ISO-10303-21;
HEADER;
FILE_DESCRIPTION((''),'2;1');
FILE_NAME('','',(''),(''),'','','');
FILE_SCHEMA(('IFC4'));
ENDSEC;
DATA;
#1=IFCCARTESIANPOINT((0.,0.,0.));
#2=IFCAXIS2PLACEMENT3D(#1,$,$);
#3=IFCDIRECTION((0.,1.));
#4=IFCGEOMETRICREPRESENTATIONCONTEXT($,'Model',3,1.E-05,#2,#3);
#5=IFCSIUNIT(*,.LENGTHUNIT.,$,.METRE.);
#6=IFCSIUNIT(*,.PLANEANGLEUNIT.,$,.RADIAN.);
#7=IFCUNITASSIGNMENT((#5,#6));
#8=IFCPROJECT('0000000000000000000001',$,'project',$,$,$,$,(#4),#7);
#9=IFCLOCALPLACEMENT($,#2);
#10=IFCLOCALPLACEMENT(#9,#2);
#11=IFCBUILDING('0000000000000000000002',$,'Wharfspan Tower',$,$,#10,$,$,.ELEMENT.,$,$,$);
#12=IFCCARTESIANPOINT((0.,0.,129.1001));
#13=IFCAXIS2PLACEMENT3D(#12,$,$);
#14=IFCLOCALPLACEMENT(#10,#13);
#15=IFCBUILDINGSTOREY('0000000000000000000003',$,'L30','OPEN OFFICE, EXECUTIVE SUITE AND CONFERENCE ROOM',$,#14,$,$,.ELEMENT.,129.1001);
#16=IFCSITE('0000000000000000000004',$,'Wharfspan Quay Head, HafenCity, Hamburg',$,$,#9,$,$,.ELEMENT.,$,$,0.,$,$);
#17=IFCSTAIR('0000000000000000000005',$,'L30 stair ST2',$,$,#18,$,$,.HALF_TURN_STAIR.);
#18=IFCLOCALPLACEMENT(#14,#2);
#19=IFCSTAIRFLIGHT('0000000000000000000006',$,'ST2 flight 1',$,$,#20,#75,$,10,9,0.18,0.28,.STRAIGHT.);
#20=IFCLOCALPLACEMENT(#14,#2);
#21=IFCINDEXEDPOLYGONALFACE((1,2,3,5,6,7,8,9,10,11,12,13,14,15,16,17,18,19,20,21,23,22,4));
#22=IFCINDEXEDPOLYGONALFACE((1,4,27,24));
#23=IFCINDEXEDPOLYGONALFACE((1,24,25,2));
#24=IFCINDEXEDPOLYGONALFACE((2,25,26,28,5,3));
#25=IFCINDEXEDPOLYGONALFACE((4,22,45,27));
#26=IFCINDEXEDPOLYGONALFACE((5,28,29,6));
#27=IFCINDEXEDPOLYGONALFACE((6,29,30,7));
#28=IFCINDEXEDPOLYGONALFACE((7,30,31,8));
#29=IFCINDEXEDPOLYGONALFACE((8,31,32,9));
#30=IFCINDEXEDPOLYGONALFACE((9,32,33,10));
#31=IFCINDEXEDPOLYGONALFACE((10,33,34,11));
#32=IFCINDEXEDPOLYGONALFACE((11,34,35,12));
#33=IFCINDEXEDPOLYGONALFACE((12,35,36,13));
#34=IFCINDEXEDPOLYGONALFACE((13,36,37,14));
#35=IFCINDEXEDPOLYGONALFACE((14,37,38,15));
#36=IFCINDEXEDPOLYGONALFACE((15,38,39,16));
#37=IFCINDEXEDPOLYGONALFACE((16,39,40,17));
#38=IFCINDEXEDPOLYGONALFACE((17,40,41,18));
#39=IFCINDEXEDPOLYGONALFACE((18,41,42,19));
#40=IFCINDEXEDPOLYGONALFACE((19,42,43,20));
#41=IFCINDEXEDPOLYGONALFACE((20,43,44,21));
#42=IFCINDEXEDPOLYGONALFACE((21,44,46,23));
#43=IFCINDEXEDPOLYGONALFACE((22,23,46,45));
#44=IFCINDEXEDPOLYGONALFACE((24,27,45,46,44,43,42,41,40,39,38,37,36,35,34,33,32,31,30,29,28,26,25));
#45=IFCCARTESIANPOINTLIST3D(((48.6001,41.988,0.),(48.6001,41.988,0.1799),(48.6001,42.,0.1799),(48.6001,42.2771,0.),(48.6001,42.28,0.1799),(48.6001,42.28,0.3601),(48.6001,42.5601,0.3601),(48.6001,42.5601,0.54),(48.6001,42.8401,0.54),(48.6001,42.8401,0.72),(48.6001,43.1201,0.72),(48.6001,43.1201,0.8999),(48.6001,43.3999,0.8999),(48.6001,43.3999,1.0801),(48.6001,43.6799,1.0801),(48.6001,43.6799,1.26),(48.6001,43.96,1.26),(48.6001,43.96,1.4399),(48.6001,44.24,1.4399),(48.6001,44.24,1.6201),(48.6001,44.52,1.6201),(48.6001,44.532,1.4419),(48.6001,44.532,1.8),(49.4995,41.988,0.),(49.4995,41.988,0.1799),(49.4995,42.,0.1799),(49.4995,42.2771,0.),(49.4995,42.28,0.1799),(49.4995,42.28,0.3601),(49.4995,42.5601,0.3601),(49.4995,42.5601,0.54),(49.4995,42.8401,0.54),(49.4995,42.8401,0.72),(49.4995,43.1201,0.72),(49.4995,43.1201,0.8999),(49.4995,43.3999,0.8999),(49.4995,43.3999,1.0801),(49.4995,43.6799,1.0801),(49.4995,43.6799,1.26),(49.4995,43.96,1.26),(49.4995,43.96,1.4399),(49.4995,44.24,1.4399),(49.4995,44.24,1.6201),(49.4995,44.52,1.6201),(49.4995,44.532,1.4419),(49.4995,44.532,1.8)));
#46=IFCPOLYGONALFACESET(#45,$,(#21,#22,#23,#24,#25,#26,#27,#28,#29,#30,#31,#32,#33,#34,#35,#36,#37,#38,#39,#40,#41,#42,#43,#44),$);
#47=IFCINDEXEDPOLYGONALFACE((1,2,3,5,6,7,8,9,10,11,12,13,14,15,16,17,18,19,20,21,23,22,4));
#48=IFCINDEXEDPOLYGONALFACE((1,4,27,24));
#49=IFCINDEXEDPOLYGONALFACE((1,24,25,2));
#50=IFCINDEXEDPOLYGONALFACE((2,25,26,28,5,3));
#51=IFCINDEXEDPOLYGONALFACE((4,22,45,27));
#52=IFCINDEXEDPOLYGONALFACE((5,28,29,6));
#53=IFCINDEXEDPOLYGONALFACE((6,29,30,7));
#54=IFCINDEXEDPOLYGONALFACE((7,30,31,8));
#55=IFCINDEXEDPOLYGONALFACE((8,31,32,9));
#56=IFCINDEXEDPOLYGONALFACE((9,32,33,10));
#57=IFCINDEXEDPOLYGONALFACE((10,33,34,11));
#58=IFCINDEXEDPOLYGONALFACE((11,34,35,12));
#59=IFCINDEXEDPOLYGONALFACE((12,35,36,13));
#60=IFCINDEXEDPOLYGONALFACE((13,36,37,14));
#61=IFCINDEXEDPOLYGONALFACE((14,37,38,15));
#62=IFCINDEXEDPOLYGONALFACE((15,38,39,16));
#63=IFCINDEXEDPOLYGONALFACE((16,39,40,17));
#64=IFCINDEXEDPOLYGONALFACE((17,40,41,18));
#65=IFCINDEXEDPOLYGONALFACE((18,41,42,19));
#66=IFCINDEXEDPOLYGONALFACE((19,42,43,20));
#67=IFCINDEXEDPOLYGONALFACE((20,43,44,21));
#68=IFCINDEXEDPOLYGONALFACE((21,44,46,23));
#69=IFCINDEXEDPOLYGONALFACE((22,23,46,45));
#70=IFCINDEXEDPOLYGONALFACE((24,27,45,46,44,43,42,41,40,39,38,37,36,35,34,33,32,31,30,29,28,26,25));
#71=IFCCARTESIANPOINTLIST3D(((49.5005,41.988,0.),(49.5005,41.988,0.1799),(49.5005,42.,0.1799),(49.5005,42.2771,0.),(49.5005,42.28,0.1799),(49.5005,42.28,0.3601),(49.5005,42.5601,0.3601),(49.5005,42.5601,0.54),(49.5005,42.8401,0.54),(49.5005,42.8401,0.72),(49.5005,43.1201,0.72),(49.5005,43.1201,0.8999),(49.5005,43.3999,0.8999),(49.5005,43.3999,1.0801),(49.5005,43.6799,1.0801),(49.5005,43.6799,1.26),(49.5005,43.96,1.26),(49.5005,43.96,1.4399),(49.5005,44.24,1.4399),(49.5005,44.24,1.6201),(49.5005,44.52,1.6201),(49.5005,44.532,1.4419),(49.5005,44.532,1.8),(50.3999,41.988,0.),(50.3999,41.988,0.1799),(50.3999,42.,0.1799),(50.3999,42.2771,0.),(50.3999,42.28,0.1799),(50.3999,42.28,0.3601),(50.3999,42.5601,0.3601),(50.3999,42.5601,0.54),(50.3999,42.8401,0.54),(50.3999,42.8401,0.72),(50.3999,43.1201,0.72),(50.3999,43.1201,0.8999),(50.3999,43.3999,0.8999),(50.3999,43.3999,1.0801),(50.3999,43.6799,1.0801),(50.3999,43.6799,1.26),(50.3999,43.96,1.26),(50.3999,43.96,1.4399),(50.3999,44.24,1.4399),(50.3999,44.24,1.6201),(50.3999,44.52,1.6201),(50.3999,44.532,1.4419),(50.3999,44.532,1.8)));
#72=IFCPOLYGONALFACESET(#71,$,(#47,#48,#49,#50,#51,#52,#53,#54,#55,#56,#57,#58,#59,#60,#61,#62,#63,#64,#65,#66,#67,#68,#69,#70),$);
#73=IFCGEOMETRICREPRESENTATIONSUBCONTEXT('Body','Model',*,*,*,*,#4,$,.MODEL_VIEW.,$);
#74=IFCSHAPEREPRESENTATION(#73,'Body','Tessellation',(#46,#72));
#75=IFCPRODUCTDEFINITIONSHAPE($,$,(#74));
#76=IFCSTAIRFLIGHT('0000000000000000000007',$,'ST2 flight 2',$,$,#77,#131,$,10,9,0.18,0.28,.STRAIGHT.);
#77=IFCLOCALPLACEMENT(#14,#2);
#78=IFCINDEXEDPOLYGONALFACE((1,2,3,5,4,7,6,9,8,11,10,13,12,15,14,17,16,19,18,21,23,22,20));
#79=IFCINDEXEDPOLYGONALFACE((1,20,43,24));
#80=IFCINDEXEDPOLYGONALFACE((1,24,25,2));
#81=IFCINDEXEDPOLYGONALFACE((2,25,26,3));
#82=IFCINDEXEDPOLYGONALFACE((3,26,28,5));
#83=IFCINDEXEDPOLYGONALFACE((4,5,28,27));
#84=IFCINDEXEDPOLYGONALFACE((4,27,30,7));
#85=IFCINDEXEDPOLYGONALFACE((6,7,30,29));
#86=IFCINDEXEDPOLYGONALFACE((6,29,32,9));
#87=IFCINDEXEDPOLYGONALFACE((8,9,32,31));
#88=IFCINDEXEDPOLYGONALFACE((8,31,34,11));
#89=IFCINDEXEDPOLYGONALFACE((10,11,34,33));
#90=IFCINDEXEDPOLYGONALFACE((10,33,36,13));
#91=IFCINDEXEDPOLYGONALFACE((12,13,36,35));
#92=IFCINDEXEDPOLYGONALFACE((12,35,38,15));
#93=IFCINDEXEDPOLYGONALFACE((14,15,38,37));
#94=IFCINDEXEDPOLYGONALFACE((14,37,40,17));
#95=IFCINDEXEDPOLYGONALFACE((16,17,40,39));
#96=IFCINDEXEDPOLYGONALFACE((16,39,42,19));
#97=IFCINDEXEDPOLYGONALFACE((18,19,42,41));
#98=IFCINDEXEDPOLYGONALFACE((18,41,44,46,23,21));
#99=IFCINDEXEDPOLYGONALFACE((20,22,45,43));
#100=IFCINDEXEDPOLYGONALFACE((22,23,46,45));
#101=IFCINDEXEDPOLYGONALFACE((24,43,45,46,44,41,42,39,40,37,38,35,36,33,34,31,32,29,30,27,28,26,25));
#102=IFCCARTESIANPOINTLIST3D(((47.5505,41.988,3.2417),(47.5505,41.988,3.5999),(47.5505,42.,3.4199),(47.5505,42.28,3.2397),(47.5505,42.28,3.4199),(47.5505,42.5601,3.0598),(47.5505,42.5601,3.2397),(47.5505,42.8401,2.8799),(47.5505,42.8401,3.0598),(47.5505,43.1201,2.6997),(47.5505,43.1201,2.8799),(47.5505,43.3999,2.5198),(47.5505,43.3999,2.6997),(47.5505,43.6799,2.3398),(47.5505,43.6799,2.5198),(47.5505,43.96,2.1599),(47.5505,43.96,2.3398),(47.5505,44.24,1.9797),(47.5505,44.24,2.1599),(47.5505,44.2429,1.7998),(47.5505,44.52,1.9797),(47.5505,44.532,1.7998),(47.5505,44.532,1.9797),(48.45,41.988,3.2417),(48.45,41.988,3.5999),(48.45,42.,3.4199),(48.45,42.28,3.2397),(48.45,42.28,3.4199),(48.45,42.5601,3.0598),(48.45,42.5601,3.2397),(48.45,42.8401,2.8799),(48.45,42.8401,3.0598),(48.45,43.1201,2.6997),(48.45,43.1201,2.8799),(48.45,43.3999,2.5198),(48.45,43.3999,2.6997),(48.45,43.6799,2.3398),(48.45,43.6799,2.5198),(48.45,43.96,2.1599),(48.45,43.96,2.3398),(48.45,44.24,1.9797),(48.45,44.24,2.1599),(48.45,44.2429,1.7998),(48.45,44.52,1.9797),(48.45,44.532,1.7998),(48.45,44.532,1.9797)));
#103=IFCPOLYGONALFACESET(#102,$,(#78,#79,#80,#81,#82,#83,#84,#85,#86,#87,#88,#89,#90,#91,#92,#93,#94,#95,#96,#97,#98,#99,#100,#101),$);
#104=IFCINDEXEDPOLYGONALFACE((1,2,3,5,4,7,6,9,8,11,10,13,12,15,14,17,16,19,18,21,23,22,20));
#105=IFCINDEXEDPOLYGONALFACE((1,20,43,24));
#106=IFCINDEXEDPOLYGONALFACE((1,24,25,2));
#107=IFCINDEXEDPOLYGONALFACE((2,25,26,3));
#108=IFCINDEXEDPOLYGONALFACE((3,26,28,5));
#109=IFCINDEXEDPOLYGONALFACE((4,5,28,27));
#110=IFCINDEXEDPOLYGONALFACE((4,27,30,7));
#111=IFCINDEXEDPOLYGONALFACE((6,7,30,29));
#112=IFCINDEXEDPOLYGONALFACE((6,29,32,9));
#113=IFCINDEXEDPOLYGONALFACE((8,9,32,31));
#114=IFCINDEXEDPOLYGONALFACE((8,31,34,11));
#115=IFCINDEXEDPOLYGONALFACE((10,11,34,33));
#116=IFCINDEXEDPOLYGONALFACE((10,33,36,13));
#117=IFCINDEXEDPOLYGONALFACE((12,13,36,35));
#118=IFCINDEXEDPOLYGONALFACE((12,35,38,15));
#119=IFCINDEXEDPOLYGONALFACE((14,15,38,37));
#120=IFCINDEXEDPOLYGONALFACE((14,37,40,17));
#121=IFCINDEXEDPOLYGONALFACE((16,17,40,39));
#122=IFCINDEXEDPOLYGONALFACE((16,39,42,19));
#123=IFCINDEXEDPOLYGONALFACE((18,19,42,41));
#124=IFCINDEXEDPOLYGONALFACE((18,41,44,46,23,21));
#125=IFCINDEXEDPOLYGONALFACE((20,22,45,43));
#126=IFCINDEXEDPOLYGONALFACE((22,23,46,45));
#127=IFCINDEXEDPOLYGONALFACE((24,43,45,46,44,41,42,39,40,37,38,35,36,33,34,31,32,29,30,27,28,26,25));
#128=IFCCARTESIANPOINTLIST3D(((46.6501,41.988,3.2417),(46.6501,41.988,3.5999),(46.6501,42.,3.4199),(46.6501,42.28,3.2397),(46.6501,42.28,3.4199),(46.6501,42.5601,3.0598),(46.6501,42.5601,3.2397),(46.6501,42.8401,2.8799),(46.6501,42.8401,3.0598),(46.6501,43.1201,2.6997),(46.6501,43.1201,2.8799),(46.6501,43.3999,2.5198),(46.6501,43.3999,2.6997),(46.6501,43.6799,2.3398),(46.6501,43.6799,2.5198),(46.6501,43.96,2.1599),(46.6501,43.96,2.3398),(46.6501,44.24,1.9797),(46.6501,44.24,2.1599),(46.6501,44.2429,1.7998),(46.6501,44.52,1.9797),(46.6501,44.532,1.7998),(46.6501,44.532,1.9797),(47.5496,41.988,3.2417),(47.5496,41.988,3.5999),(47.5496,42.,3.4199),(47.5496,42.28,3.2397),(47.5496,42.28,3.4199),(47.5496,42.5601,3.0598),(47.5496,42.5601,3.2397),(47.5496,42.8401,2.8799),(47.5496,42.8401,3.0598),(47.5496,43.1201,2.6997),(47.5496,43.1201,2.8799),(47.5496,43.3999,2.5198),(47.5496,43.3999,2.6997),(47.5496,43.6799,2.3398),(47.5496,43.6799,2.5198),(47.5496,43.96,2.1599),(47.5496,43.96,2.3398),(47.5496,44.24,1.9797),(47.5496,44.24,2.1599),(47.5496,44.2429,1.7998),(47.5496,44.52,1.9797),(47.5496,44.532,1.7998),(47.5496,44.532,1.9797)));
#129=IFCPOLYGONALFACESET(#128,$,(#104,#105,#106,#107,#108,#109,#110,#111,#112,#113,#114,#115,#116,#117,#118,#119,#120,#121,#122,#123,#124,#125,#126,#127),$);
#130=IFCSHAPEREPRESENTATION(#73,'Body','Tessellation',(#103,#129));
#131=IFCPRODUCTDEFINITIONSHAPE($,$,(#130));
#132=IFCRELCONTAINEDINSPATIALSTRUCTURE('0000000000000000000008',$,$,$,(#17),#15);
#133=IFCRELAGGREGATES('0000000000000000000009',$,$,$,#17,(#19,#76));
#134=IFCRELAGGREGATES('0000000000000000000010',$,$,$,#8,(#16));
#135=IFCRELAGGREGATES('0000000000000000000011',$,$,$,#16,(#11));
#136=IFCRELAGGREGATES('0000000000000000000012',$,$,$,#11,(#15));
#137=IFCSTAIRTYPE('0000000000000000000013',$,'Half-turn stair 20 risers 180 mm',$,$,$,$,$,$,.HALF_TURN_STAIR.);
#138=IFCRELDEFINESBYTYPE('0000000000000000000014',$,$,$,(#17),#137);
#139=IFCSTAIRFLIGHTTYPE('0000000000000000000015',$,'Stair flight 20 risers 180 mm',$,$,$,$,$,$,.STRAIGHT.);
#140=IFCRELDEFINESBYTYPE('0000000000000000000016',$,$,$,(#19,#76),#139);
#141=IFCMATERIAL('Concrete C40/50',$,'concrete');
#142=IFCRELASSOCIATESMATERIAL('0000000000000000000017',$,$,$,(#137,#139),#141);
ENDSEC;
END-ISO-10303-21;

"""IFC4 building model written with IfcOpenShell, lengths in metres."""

from ifc_helpers import new_model, si_unit, direction, frame, origin, place, context, subcontext, project, spatial, polyline, outline, extrude, material, type_object, element, aggregate, save


model = new_model("IFC4")

# Units and contexts
model_context = context("Model", 3, precision=1e-05, world=origin(), true_north=direction((0.0, 1.0)))
body_context = subcontext(model_context, "Body", "Model", "MODEL_VIEW")
ifc_project = project(units=[si_unit("LENGTHUNIT", "METRE"), si_unit("PLANEANGLEUNIT", "RADIAN")], contexts=[model_context])

# Site, building, storey
site_placement = place(None, origin())
site = spatial("IfcSite", under=ifc_project, at=site_placement, Name="Wharfspan Quay Head, HafenCity, Hamburg", CompositionType="ELEMENT", RefElevation=0.0)
building_placement = place(site_placement, origin())
building = spatial("IfcBuilding", under=site, at=building_placement, Name="Wharfspan Tower", CompositionType="ELEMENT")
storey_placement = place(building_placement, frame((0.0, 0.0, 129.1001)))
storey = spatial("IfcBuildingStorey", under=building, at=storey_placement, Name="L30", Description="OPEN OFFICE, EXECUTIVE SUITE AND CONFERENCE ROOM", CompositionType="ELEMENT", Elevation=129.1001)

# Shared definitions
ifc_material_1 = material(Name="Concrete C40/50", Category="concrete")

# Stair, stair flights
stair_type = type_object("IfcStairType", Name="Half-turn stair 20 risers 180 mm", PredefinedType="HALF_TURN_STAIR", material=ifc_material_1)
stair_placement = place(storey_placement, origin())
stair = element("IfcStair", 1, at=stair_placement, inside=storey, type_object=stair_type, Name="L30 stair ST2", PredefinedType="HALF_TURN_STAIR")
stair_flight_type = type_object("IfcStairFlightType", Name="Stair flight 20 risers 180 mm", PredefinedType="STRAIGHT", material=ifc_material_1)
stair_flight_1_placement = place(storey_placement, frame((49.5, 42.0, 0.0), z_axis=(0.0, 0.0, 1.0), x_axis=(0.0, 1.0, 0.0)))
stair_flight_1 = element("IfcStairFlight", 2, at=stair_flight_1_placement, type_object=stair_flight_type, Name="ST2 flight 1", NumberOfRisers=10, NumberOfTreads=9, PredefinedType="STRAIGHT", RiserHeight=0.18, TreadLength=0.28, context=body_context, shape_type="SweptSolid", body=[
    extrude(outline(polyline([(-0.012, 0.0), (-0.012, 0.1799), (0.0, 0.1799), (0.28, 0.1799), (0.28, 0.3601), (0.5601, 0.3601), (0.5601, 0.54), (0.8401, 0.54), (0.8401, 0.72), (1.1201, 0.72), (1.1201, 0.8999), (1.3999, 0.8999), (1.3999, 1.0801), (1.6799, 1.0801), (1.6799, 1.26), (1.96, 1.26), (1.96, 1.4399), (2.24, 1.4399), (2.24, 1.6201), (2.52, 1.6201), (2.532, 1.8), (2.532, 1.4419), (0.2771, 0.0), (-0.012, 0.0)])), frame((0.0, 0.8999, 0.0), z_axis=(0.0, -1.0, 0.0), x_axis=(1.0, 0.0, 0.0)), (0.0, 0.0, 1.0), 0.8994),
    extrude(outline(polyline([(-0.012, 0.0), (-0.012, 0.1799), (0.0, 0.1799), (0.28, 0.1799), (0.28, 0.3601), (0.5601, 0.3601), (0.5601, 0.54), (0.8401, 0.54), (0.8401, 0.72), (1.1201, 0.72), (1.1201, 0.8999), (1.3999, 0.8999), (1.3999, 1.0801), (1.6799, 1.0801), (1.6799, 1.26), (1.96, 1.26), (1.96, 1.4399), (2.24, 1.4399), (2.24, 1.6201), (2.52, 1.6201), (2.532, 1.8), (2.532, 1.4419), (0.2771, 0.0), (-0.012, 0.0)])), frame((0.0, -0.0005, 0.0), z_axis=(0.0, -1.0, 0.0), x_axis=(1.0, 0.0, 0.0)), (0.0, 0.0, 1.0), 0.8994),
])
stair_flight_2_placement = place(storey_placement, frame((47.55, 44.52, 1.7998), z_axis=(0.0, 0.0, 1.0), x_axis=(0.0, -1.0, 0.0)))
stair_flight_2 = element("IfcStairFlight", 3, at=stair_flight_2_placement, type_object=stair_flight_type, Name="ST2 flight 2", NumberOfRisers=10, NumberOfTreads=9, PredefinedType="STRAIGHT", RiserHeight=0.18, TreadLength=0.28, context=body_context, shape_type="SweptSolid", body=[
    extrude(outline(polyline([(-0.012, 0.0), (-0.012, 0.1799), (0.0, 0.1799), (0.28, 0.1799), (0.28, 0.3601), (0.5601, 0.3601), (0.5601, 0.54), (0.8401, 0.54), (0.8401, 0.72), (1.1201, 0.72), (1.1201, 0.8999), (1.3999, 0.8999), (1.3999, 1.0801), (1.6799, 1.0801), (1.6799, 1.26), (1.96, 1.26), (1.96, 1.4399), (2.24, 1.4399), (2.24, 1.6201), (2.52, 1.6201), (2.532, 1.8), (2.532, 1.4419), (0.2771, 0.0), (-0.012, 0.0)])), frame((0.0, 0.8999, 0.0), z_axis=(0.0, -1.0, 0.0), x_axis=(1.0, 0.0, 0.0)), (0.0, 0.0, 1.0), 0.8994),
    extrude(outline(polyline([(-0.012, 0.0), (-0.012, 0.1799), (0.0, 0.1799), (0.28, 0.1799), (0.28, 0.3601), (0.5601, 0.3601), (0.5601, 0.54), (0.8401, 0.54), (0.8401, 0.72), (1.1201, 0.72), (1.1201, 0.8999), (1.3999, 0.8999), (1.3999, 1.0801), (1.6799, 1.0801), (1.6799, 1.26), (1.96, 1.26), (1.96, 1.4399), (2.24, 1.4399), (2.24, 1.6201), (2.52, 1.6201), (2.532, 1.8), (2.532, 1.4419), (0.2771, 0.0), (-0.012, 0.0)])), frame((0.0, -0.0005, 0.0), z_axis=(0.0, -1.0, 0.0), x_axis=(1.0, 0.0, 0.0)), (0.0, 0.0, 1.0), 0.8994),
])
aggregate(stair, [stair_flight_1, stair_flight_2])

save(model, "model.ifc")
